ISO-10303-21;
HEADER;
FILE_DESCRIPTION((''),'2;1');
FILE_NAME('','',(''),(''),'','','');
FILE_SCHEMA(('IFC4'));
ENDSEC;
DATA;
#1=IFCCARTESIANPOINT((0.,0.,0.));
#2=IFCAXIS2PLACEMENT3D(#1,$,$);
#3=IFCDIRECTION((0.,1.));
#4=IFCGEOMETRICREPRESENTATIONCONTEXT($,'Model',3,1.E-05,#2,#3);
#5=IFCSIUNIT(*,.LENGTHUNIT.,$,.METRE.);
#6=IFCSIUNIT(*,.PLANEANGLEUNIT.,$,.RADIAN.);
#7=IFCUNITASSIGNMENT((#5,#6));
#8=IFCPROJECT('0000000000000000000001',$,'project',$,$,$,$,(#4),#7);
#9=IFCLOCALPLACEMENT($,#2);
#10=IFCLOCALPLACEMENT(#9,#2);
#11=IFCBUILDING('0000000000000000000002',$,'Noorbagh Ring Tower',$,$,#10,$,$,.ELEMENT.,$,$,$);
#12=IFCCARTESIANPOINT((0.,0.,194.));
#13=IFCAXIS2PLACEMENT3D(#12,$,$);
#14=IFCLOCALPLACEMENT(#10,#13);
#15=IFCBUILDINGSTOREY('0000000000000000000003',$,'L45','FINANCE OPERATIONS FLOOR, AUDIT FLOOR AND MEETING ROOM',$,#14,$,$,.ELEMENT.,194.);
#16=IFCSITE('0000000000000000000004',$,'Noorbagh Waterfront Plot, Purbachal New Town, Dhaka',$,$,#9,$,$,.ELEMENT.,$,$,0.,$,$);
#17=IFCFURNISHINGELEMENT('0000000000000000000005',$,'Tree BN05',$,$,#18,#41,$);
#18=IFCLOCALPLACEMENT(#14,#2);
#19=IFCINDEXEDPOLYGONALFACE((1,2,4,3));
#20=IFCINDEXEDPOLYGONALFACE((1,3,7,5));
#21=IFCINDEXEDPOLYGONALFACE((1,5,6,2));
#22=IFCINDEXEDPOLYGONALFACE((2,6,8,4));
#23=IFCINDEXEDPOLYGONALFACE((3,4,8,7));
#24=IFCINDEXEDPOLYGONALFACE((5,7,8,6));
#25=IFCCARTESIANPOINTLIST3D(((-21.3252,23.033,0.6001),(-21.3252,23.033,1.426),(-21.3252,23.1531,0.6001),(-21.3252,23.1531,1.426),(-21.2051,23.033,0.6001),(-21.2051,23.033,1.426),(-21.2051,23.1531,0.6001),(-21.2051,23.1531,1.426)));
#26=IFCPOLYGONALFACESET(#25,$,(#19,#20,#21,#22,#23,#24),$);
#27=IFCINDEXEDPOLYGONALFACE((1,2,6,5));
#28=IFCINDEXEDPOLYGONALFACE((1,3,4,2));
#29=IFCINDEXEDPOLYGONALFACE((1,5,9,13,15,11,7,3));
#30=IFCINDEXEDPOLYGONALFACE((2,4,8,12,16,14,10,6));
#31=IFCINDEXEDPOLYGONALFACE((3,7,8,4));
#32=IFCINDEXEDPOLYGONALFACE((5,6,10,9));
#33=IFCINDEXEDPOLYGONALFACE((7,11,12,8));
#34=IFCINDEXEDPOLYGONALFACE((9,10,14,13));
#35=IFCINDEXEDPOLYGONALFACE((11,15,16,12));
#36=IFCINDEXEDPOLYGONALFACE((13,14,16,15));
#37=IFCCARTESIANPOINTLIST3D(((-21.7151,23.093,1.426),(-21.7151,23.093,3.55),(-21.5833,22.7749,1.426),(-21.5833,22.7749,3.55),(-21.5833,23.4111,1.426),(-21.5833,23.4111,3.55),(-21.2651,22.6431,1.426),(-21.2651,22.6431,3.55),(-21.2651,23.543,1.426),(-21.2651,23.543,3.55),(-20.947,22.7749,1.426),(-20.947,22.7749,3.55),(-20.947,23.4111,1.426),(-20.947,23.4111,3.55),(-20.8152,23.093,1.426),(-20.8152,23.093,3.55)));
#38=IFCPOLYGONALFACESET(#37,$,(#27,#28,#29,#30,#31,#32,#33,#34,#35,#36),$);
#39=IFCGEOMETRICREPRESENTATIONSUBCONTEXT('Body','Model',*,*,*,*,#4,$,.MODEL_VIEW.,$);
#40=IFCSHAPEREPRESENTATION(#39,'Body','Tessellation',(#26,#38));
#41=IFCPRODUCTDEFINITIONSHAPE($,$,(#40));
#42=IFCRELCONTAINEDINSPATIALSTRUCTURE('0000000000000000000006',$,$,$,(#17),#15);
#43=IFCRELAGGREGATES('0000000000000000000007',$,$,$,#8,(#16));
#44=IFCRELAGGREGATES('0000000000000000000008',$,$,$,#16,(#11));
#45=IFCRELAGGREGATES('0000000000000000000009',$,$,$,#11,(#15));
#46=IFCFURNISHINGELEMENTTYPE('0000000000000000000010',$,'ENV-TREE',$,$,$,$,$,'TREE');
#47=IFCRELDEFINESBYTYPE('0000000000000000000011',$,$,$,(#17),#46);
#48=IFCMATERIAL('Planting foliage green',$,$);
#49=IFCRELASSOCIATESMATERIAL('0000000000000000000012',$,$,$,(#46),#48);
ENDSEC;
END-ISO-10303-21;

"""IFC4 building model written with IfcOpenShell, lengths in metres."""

from ifc_helpers import new_model, si_unit, direction, frame, origin, origin_2d, place, context, subcontext, project, spatial, polyline, rectangle, outline, extrude, material, type_object, element, save


model = new_model("IFC4")

# Units and contexts
model_context = context("Model", 3, precision=1e-05, world=origin(), true_north=direction((0.0, 1.0)))
body_context = subcontext(model_context, "Body", "Model", "MODEL_VIEW")
ifc_project = project(units=[si_unit("LENGTHUNIT", "METRE"), si_unit("PLANEANGLEUNIT", "RADIAN")], contexts=[model_context])

# Site, building, storey
site_placement = place(None, origin())
site = spatial("IfcSite", under=ifc_project, at=site_placement, Name="Noorbagh Waterfront Plot, Purbachal New Town, Dhaka", CompositionType="ELEMENT", RefElevation=0.0)
building_placement = place(site_placement, origin())
building = spatial("IfcBuilding", under=site, at=building_placement, Name="Noorbagh Ring Tower", CompositionType="ELEMENT")
storey_placement = place(building_placement, frame((0.0, 0.0, 194.0)))
storey = spatial("IfcBuildingStorey", under=building, at=storey_placement, Name="L45", Description="FINANCE OPERATIONS FLOOR, AUDIT FLOOR AND MEETING ROOM", CompositionType="ELEMENT", Elevation=194.0)

# Furnishing element
ifc_material_1 = material(Name="Planting foliage green")
furnishing_element_type = type_object("IfcFurnishingElementType", Name="ENV-TREE", ElementType="TREE", material=ifc_material_1)
furnishing_placement = place(storey_placement, frame((-21.2651, 23.093, 0.6001), z_axis=(0.0, 0.0, 1.0), x_axis=(1.0, 0.0, 0.0)))
element("IfcFurnishingElement", 1, at=furnishing_placement, inside=storey, type_object=furnishing_element_type, Name="Tree BN05", context=body_context, shape_type="SweptSolid", body=[
    extrude(rectangle(XDim=0.1201, YDim=0.1201, at=origin_2d()), origin(), (0.0, 0.0, 1.0), 0.8259),
    extrude(outline(polyline([(0.45, 0.0), (0.3181, 0.3181), (0.0, 0.45), (-0.3181, 0.3181), (-0.45, 0.0), (-0.3181, -0.3181), (0.0, -0.45), (0.3181, -0.3181), (0.45, 0.0)])), frame((0.0, 0.0, 0.8259)), (0.0, 0.0, 1.0), 2.124),
])

save(model, "model.ifc")
